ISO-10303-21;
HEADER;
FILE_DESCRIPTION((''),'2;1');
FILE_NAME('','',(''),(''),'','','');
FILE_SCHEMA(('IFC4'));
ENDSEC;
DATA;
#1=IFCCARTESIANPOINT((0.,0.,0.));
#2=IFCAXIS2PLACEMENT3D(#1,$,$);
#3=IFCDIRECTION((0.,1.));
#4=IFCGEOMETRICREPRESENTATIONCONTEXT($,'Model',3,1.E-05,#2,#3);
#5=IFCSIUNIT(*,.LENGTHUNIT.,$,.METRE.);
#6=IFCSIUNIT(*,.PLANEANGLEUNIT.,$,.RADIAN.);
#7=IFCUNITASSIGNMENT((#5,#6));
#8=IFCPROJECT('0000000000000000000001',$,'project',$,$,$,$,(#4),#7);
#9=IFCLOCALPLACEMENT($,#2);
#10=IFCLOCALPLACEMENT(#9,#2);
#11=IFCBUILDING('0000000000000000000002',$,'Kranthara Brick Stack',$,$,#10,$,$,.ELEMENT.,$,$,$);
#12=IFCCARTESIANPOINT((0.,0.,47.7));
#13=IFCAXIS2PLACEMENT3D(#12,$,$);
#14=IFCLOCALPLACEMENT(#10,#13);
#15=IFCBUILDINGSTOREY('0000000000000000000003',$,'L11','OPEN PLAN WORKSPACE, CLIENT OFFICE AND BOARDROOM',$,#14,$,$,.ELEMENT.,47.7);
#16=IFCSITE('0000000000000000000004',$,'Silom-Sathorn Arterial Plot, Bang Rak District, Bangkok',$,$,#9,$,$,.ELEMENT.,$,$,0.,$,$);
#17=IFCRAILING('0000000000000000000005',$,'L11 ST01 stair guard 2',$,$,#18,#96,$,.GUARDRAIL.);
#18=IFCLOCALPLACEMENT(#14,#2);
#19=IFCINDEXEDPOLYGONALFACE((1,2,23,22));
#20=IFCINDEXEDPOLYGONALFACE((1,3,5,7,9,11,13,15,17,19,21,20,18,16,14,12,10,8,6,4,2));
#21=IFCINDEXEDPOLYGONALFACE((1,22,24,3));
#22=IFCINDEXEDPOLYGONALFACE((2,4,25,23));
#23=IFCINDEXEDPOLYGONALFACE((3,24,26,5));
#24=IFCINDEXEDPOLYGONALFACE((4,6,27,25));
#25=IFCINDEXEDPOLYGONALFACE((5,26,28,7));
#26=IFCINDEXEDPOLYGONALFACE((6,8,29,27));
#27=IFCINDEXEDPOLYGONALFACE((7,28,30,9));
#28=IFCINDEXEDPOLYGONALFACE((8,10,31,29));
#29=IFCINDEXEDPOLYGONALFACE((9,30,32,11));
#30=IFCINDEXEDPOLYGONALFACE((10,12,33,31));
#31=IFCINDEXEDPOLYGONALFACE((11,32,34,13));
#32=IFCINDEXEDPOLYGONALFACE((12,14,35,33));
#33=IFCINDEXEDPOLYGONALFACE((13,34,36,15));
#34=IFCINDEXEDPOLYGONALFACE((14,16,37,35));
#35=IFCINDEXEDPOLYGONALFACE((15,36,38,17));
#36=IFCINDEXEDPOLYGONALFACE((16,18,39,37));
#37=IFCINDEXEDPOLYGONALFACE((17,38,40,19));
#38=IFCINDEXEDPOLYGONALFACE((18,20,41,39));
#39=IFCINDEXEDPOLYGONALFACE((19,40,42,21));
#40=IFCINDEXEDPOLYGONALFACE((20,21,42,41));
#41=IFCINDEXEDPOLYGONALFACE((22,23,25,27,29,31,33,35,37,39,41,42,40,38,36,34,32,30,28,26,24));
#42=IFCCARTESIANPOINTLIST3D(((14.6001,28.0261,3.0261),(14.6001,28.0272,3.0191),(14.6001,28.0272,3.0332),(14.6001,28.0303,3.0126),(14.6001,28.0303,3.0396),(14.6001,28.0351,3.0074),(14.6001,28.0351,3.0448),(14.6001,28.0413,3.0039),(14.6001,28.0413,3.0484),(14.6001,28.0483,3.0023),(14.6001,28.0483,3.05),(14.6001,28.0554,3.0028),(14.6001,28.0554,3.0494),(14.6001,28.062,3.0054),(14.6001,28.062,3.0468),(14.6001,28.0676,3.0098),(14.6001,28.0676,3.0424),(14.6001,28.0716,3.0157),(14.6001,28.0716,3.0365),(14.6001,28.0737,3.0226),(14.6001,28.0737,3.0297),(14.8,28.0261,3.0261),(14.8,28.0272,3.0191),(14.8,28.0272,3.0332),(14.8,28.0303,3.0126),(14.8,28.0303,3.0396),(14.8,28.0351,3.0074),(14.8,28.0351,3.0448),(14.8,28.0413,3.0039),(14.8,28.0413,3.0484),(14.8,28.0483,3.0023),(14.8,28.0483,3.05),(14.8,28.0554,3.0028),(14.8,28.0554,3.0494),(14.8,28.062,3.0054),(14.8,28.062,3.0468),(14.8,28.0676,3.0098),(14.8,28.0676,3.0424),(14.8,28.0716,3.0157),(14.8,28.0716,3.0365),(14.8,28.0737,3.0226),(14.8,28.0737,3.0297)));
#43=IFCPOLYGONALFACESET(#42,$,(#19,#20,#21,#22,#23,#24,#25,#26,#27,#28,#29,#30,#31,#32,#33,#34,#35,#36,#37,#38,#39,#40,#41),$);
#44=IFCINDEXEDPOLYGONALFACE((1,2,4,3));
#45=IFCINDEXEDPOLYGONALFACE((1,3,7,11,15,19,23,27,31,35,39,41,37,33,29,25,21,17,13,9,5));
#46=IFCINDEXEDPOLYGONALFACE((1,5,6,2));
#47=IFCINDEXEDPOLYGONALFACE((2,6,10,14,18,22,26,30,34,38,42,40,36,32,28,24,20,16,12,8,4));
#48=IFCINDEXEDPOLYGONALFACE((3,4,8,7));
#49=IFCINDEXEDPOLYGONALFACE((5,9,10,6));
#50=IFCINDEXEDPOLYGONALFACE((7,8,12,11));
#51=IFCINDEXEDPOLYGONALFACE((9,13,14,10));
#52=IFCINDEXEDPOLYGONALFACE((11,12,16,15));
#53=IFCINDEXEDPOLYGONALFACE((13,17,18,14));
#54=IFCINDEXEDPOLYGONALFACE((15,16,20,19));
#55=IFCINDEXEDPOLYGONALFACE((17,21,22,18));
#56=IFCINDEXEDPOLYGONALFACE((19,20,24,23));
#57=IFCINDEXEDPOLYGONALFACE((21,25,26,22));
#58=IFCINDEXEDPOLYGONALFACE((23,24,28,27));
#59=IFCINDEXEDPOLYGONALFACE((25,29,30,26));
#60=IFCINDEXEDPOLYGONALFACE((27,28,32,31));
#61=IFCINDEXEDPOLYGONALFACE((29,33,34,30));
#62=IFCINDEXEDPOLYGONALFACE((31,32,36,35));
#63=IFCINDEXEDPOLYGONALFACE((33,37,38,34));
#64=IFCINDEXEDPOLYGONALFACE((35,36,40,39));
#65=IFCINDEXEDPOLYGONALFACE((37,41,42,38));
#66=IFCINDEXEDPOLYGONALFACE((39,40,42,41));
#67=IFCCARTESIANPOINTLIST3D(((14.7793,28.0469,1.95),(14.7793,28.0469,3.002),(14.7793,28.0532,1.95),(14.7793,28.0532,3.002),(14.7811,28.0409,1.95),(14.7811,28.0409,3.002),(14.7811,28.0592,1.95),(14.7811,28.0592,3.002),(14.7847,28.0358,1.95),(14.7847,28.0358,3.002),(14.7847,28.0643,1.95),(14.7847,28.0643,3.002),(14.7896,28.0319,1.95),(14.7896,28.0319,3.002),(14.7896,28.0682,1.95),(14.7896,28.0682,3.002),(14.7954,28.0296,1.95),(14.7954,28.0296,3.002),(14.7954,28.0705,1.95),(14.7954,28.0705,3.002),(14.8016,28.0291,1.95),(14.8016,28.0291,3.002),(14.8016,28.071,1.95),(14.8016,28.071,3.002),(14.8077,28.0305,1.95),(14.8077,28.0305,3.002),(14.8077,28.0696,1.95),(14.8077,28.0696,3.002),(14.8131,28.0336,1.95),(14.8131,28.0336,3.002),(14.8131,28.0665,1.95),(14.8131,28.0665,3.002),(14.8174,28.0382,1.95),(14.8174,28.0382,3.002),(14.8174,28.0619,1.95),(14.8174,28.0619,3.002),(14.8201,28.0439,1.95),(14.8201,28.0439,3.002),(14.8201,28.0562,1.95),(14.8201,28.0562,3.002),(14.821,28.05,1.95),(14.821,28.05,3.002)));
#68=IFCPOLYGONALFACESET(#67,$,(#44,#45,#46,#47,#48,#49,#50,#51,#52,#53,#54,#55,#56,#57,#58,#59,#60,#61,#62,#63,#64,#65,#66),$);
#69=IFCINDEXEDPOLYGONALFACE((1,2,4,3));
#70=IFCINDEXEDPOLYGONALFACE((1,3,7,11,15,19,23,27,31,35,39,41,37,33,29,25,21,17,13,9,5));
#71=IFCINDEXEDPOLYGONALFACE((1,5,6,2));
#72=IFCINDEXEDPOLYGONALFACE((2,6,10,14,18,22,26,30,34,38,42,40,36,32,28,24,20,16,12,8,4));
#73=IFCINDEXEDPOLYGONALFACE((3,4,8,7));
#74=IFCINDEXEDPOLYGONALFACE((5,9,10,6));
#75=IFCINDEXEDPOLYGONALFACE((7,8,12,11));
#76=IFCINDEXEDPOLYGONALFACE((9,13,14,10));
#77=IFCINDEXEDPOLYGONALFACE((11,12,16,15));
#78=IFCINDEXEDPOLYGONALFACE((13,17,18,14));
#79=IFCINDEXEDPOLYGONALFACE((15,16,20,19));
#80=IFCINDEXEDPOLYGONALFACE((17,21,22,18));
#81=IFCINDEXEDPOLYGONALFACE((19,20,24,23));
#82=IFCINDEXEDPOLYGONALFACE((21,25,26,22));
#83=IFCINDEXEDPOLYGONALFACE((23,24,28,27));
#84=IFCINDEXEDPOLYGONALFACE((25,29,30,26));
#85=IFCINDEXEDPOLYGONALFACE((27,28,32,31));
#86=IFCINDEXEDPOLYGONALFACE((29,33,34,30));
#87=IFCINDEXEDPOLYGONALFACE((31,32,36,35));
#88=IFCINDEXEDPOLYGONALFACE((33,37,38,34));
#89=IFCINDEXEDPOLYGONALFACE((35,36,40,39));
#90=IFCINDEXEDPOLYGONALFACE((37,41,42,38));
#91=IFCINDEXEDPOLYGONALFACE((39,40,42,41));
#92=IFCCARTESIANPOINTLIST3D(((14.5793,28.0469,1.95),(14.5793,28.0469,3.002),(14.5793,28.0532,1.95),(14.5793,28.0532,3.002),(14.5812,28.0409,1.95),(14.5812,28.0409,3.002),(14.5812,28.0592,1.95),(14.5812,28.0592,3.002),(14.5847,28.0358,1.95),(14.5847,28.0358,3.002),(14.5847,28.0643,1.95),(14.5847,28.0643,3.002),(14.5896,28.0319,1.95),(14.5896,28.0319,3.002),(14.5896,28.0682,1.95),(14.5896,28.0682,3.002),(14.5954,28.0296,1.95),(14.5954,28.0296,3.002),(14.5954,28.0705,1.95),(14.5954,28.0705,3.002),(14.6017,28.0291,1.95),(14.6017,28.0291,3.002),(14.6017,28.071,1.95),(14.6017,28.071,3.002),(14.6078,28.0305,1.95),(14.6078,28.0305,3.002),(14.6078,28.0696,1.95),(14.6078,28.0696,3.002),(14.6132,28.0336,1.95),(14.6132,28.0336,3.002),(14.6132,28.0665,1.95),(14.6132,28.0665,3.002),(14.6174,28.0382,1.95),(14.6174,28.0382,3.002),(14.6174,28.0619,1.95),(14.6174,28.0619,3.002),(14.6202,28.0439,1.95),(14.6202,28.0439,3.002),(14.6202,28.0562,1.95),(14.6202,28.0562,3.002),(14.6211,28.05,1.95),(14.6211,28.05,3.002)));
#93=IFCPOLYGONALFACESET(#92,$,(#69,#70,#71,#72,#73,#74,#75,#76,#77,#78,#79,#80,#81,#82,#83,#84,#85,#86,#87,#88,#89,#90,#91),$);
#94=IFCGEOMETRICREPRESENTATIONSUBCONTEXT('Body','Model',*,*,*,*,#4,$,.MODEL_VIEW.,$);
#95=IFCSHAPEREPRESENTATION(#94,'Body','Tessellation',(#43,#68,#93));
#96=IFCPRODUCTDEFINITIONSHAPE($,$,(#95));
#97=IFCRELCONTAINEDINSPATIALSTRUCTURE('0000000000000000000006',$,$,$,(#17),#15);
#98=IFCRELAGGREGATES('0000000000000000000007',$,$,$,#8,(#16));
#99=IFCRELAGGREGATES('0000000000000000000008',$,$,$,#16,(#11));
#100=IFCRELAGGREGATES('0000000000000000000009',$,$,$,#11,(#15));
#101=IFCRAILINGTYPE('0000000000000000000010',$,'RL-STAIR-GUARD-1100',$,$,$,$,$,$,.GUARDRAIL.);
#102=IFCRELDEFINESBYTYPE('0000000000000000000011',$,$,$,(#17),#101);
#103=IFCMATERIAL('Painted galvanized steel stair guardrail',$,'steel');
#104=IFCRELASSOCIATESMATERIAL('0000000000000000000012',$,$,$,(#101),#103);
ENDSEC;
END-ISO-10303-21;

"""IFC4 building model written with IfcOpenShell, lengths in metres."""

from ifc_helpers import new_model, si_unit, direction, frame, origin, origin_2d, place, context, subcontext, project, spatial, circle, extrude, material, type_object, element, save


model = new_model("IFC4")

# Units and contexts
model_context = context("Model", 3, precision=1e-05, world=origin(), true_north=direction((0.0, 1.0)))
body_context = subcontext(model_context, "Body", "Model", "MODEL_VIEW")
ifc_project = project(units=[si_unit("LENGTHUNIT", "METRE"), si_unit("PLANEANGLEUNIT", "RADIAN")], contexts=[model_context])

# Site, building, storey
site_placement = place(None, origin())
site = spatial("IfcSite", under=ifc_project, at=site_placement, Name="Silom-Sathorn Arterial Plot, Bang Rak District, Bangkok", CompositionType="ELEMENT", RefElevation=0.0)
building_placement = place(site_placement, origin())
building = spatial("IfcBuilding", under=site, at=building_placement, Name="Kranthara Brick Stack", CompositionType="ELEMENT")
storey_placement = place(building_placement, frame((0.0, 0.0, 47.7)))
storey = spatial("IfcBuildingStorey", under=building, at=storey_placement, Name="L11", Description="OPEN PLAN WORKSPACE, CLIENT OFFICE AND BOARDROOM", CompositionType="ELEMENT", Elevation=47.7)

# Railing
ifc_material_1 = material(Name="Painted galvanized steel stair guardrail", Category="steel")
railing_type_1 = type_object("IfcRailingType", Name="RL-STAIR-GUARD-1100", PredefinedType="GUARDRAIL", material=ifc_material_1)
railing_1_placement = place(storey_placement, frame((14.8, 28.05, 1.95)))
element("IfcRailing", 1, at=railing_1_placement, inside=storey, type_object=railing_type_1, Name="L11 ST01 stair guard 2", PredefinedType="GUARDRAIL", context=body_context, shape_type="SweptSolid", body=[
    extrude(circle(Radius=0.0239, at=origin_2d()), frame((0.0, 0.0, 1.0762), z_axis=(-1.0, 0.0, 0.0), x_axis=(0.0, -1.0, 0.0)), (0.0, 0.0, 1.0), 0.2),
    extrude(circle(Radius=0.021, at=origin_2d()), origin(), (0.0, 0.0, 1.0), 1.052),
    extrude(circle(Radius=0.021, at=origin_2d()), frame((-0.2, 0.0, 0.0)), (0.0, 0.0, 1.0), 1.052),
])

save(model, "model.ifc")
